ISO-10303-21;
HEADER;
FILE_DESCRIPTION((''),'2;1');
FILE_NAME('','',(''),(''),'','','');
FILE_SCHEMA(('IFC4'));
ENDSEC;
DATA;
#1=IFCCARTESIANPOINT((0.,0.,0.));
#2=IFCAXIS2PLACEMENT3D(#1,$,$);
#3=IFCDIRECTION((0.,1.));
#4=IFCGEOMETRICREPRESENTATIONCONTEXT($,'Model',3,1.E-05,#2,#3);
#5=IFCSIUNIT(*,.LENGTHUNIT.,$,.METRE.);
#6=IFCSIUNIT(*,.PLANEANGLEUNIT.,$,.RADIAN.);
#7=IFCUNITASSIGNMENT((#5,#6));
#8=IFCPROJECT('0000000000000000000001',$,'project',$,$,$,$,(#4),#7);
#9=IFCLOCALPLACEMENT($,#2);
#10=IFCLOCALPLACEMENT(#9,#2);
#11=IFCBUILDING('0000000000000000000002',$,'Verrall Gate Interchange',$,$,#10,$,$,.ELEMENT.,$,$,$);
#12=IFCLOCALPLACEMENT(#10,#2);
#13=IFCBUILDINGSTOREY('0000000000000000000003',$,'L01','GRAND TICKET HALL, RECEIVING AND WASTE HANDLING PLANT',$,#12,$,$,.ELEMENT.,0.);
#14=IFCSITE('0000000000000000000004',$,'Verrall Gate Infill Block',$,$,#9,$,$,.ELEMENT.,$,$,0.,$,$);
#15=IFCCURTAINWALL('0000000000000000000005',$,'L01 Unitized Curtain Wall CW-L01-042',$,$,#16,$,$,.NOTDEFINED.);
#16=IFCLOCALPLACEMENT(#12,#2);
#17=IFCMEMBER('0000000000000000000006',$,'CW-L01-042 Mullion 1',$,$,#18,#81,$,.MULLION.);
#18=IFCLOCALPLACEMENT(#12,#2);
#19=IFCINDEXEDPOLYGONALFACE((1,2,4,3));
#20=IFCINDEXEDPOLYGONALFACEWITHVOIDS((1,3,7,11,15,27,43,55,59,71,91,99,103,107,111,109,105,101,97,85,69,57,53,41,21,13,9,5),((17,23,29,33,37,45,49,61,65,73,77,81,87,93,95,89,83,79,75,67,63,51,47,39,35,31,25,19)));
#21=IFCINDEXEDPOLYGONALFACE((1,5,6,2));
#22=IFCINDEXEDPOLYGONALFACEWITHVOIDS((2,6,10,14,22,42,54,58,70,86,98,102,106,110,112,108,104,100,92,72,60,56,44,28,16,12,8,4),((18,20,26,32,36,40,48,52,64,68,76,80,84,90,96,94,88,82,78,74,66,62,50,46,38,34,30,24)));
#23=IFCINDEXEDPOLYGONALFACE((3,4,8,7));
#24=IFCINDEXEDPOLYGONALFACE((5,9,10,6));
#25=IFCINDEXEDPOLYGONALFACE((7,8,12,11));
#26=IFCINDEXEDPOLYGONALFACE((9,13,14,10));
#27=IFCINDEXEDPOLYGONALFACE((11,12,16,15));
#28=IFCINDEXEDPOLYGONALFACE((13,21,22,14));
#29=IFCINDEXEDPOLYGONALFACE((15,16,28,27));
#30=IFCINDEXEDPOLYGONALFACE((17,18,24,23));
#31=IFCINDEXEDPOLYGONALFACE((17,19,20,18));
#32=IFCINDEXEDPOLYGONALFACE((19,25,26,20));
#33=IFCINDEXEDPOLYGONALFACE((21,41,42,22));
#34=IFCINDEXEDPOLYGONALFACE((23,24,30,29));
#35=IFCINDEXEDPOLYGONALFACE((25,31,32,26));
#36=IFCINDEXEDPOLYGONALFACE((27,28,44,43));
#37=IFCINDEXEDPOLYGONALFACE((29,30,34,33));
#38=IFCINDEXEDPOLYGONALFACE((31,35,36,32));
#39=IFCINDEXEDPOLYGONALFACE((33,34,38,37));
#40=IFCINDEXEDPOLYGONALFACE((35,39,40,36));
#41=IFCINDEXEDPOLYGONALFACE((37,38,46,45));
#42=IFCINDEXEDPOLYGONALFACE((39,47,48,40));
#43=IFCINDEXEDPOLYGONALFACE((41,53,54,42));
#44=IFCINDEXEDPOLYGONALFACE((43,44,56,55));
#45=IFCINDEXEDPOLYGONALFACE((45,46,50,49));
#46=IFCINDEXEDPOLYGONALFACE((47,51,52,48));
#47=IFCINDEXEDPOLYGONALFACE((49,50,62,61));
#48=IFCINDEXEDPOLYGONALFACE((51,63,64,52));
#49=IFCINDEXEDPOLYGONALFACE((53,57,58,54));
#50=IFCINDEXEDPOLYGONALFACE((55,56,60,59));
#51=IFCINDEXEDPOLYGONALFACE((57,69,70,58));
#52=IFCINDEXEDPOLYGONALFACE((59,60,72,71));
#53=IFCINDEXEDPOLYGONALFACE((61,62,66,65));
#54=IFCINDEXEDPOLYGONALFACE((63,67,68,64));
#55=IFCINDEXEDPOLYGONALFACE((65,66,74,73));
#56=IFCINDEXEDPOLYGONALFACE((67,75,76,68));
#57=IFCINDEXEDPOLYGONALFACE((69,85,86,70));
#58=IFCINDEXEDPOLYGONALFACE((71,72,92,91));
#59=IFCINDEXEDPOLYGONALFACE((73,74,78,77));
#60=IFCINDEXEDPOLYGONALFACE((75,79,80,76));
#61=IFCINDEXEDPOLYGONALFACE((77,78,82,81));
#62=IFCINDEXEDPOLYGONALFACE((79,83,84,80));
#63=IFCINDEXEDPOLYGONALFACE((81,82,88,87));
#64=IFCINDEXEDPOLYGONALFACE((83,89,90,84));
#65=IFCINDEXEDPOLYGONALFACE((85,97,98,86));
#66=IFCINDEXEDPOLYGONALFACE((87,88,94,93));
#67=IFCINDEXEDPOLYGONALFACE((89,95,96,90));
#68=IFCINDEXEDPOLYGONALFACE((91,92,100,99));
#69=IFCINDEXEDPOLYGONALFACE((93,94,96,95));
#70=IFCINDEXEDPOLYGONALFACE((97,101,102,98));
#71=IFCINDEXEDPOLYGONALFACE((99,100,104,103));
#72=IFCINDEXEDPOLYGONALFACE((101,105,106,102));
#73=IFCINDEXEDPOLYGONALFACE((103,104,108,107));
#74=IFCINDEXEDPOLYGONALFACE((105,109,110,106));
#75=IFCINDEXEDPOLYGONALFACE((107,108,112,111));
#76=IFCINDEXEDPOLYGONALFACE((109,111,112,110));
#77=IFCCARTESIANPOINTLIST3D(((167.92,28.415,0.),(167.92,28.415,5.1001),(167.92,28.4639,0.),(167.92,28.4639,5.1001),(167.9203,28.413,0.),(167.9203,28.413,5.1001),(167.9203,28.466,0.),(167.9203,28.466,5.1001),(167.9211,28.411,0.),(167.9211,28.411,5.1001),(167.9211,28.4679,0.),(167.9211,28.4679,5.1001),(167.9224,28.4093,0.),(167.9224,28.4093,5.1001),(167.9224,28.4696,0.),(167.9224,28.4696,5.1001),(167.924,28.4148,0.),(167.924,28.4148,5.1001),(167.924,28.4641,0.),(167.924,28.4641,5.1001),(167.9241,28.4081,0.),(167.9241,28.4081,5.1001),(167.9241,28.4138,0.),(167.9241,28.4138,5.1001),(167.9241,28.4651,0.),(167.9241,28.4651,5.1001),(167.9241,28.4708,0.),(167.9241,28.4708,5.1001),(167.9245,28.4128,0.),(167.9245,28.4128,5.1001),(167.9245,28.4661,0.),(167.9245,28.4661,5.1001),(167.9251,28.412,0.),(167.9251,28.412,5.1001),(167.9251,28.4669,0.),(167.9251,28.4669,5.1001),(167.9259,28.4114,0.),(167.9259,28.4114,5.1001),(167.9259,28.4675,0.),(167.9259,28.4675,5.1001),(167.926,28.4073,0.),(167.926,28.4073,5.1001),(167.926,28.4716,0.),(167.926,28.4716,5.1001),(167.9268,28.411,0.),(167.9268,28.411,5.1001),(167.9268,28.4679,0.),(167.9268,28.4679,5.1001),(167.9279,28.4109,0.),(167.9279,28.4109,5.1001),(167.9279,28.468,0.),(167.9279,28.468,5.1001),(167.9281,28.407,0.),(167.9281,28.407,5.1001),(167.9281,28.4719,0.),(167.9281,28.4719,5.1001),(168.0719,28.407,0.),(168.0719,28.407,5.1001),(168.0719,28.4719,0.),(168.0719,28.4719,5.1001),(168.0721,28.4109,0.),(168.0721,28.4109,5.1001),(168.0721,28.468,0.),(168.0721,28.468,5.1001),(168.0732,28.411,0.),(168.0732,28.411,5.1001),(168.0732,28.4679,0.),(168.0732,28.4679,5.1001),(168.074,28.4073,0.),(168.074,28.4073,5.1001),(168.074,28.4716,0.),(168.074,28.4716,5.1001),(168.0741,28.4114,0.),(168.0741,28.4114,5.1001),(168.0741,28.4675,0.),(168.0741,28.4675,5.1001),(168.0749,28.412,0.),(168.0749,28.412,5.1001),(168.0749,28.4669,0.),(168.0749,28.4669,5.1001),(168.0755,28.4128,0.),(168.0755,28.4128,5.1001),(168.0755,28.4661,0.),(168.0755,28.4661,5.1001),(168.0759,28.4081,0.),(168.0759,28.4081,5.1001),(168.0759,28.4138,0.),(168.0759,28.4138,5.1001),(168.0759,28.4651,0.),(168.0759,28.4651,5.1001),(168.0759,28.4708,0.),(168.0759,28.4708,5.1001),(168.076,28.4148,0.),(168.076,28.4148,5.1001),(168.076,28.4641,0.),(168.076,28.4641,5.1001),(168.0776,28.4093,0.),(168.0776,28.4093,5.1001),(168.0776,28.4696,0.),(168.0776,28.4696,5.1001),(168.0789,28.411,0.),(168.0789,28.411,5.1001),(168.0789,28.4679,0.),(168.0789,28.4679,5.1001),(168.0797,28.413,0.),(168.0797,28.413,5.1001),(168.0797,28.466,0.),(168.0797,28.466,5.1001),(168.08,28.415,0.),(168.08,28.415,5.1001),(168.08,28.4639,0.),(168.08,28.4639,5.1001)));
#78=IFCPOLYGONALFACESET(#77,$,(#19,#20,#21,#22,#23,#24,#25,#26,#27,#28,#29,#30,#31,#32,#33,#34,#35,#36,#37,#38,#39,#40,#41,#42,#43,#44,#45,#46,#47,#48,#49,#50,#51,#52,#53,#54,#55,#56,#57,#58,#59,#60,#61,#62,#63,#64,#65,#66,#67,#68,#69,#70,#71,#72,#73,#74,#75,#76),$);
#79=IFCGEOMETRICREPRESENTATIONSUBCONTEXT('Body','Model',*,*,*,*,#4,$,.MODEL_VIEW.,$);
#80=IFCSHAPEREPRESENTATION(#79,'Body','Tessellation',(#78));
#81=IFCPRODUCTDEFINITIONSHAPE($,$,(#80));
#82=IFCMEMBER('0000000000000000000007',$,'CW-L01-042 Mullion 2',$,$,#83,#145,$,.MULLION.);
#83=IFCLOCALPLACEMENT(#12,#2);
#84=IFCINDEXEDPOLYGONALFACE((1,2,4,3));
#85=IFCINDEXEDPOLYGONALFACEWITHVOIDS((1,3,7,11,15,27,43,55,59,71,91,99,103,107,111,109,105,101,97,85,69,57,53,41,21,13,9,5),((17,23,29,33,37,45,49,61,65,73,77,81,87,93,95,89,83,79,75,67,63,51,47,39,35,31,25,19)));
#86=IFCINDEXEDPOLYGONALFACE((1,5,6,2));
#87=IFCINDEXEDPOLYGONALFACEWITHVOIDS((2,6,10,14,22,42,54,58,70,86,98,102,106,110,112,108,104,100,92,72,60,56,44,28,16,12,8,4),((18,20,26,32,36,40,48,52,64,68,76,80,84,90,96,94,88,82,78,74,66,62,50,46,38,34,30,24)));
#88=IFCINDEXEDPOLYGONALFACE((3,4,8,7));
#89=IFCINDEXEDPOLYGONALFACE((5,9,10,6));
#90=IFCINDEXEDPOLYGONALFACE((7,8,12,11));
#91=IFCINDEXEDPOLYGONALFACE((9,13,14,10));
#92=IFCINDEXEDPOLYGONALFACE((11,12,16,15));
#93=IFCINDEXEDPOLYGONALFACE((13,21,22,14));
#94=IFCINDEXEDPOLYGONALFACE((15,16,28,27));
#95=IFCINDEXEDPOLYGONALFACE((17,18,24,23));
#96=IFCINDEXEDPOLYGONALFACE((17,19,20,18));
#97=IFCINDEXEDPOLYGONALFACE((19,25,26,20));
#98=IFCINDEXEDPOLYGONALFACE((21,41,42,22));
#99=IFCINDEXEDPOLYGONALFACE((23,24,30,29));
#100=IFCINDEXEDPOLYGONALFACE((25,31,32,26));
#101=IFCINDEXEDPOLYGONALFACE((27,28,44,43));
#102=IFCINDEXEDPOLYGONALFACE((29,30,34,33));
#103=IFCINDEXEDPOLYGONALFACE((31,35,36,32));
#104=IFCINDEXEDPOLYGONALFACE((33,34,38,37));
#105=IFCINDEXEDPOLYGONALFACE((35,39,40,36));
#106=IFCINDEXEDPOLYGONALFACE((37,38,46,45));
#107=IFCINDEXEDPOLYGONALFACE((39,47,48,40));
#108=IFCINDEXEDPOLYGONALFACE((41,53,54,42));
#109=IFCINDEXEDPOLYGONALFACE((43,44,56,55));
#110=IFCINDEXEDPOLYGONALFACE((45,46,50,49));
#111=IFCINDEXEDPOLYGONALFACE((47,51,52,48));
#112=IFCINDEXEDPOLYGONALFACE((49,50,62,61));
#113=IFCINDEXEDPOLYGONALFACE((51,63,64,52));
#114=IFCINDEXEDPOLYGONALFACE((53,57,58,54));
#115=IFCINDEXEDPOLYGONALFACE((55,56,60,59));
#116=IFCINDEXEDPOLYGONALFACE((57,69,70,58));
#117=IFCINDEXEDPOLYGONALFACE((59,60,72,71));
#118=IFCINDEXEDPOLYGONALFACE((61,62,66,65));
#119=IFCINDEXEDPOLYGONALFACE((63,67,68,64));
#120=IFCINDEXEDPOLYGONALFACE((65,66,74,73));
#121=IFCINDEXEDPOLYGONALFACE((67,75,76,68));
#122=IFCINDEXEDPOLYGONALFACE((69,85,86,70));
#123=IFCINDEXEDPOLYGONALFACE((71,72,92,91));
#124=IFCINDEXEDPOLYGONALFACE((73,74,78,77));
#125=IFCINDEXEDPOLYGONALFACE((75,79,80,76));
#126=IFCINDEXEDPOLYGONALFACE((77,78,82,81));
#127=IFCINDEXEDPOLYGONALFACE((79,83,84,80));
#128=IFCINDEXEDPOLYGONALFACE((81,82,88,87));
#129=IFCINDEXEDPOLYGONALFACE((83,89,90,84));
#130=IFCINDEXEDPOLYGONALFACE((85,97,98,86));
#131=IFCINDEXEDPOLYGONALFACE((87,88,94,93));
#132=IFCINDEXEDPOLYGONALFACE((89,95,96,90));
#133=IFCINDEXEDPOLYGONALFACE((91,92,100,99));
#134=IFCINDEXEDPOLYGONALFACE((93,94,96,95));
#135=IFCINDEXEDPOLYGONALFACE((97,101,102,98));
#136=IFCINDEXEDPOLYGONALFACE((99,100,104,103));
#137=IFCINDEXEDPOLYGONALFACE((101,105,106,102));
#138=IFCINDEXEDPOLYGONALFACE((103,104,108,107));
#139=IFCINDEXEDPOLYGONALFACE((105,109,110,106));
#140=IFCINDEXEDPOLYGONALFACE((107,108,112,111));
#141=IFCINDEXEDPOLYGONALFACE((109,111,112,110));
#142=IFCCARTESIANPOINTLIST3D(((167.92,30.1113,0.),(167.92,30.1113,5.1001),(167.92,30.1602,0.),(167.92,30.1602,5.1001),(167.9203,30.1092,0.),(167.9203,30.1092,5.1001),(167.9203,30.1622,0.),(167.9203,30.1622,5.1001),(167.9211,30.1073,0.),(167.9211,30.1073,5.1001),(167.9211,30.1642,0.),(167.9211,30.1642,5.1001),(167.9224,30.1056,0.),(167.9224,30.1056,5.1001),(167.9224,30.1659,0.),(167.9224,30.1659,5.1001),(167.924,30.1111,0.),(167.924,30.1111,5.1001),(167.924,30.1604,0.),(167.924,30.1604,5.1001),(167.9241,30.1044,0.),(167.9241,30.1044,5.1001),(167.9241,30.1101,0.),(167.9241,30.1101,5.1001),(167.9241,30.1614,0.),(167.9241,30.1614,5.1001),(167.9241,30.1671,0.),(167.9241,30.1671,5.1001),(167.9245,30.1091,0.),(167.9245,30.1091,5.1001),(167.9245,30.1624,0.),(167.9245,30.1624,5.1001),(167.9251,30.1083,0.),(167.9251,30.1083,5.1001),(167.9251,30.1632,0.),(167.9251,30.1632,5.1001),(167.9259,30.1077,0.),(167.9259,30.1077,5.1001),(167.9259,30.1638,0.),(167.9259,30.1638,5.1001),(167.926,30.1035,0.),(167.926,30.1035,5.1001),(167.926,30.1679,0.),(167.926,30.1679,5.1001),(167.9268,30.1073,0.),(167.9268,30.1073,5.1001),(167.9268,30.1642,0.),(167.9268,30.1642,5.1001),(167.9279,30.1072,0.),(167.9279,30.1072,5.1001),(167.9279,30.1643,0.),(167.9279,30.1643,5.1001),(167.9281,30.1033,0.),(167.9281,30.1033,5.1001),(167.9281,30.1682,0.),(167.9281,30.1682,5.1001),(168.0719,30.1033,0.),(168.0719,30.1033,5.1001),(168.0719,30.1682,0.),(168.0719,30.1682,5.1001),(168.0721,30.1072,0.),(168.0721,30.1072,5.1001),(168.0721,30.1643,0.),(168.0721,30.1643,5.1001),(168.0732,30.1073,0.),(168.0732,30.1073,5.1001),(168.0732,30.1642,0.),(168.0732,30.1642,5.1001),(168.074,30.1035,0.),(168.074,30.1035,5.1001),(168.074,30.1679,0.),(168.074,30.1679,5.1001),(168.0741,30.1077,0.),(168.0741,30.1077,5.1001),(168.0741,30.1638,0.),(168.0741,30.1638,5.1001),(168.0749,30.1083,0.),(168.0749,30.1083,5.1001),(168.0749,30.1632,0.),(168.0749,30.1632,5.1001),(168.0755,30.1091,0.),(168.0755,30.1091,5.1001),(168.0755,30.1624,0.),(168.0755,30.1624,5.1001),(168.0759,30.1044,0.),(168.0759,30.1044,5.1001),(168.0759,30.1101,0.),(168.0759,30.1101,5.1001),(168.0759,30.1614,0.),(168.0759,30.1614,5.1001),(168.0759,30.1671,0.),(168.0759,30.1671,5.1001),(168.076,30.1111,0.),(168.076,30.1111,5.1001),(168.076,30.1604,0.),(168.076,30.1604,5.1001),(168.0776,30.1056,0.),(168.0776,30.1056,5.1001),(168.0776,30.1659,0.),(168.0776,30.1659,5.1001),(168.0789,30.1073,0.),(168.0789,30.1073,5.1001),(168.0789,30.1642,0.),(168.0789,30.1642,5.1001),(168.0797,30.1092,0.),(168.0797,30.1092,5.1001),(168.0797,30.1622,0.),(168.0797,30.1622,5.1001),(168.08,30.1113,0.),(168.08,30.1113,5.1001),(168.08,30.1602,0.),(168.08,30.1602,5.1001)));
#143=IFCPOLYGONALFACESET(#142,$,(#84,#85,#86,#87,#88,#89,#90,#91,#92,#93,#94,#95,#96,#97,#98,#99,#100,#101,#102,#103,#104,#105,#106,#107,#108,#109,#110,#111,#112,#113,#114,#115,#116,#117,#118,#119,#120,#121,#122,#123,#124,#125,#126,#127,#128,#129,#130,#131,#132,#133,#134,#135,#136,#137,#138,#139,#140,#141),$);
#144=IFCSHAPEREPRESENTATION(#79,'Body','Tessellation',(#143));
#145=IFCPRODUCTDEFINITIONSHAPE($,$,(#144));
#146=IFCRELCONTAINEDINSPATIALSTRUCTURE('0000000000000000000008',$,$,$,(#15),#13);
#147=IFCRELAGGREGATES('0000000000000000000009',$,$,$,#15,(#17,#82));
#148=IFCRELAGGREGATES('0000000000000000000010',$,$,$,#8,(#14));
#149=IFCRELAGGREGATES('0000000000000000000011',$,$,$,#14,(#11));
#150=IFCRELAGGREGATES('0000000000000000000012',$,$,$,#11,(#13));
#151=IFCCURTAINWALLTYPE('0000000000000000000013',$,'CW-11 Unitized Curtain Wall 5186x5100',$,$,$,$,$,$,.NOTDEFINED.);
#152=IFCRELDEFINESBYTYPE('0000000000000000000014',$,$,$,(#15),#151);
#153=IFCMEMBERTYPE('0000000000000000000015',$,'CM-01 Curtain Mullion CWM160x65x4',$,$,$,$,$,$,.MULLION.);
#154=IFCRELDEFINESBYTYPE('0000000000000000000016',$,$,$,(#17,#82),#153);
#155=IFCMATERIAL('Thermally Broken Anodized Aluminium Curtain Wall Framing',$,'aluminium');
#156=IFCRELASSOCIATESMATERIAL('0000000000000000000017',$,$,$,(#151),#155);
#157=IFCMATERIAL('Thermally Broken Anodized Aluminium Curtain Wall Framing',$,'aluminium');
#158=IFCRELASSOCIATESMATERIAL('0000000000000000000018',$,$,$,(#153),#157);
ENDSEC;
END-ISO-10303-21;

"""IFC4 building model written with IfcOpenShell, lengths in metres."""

from ifc_helpers import new_model, si_unit, direction, frame, origin, origin_2d, place, context, subcontext, project, spatial, hollow_rectangle, extrude, material, material_profile, profile_set, type_object, element, aggregate, save


model = new_model("IFC4")

# Units and contexts
model_context = context("Model", 3, precision=1e-05, world=origin(), true_north=direction((0.0, 1.0)))
body_context = subcontext(model_context, "Body", "Model", "MODEL_VIEW")
ifc_project = project(units=[si_unit("LENGTHUNIT", "METRE"), si_unit("PLANEANGLEUNIT", "RADIAN")], contexts=[model_context])

# Site, building, storey
site_placement = place(None, origin())
site = spatial("IfcSite", under=ifc_project, at=site_placement, Name="Verrall Gate Infill Block", CompositionType="ELEMENT", RefElevation=0.0)
building_placement = place(site_placement, origin())
building = spatial("IfcBuilding", under=site, at=building_placement, Name="Verrall Gate Interchange", CompositionType="ELEMENT")
storey_placement = place(building_placement, origin())
storey = spatial("IfcBuildingStorey", under=building, at=storey_placement, Name="L01", Description="GRAND TICKET HALL, RECEIVING AND WASTE HANDLING PLANT", CompositionType="ELEMENT", Elevation=0.0)

# Curtain wall, members
ifc_material_1 = material(Name="Thermally Broken Anodized Aluminium Curtain Wall Framing", Category="aluminium")
curtain_wall_type = type_object("IfcCurtainWallType", Name="CW-11 Unitized Curtain Wall 5186x5100", PredefinedType="NOTDEFINED", material=ifc_material_1)
curtain_wall_placement = place(storey_placement, origin())
curtain_wall = element("IfcCurtainWall", 1, at=curtain_wall_placement, inside=storey, type_object=curtain_wall_type, Name="L01 Unitized Curtain Wall CW-L01-042", PredefinedType="NOTDEFINED")
ifc_material_2 = material(Name="Thermally Broken Anodized Aluminium Curtain Wall Framing", Category="aluminium")
ifc_material_profile_1 = material_profile(ifc_material_2, hollow_rectangle(XDim=0.0649, YDim=0.1599, WallThickness=0.0039, InnerFilletRadius=0.0039, OuterFilletRadius=0.0081, at=origin_2d()), Name="CWM160x65x4")
ifc_profile_set_1 = profile_set([ifc_material_profile_1], Name="Thermally Broken Anodized Aluminium Curtain Wall Framing")
member_type_1 = type_object("IfcMemberType", Name="CM-01 Curtain Mullion CWM160x65x4", PredefinedType="MULLION", material=ifc_profile_set_1)
member_1_placement = place(storey_placement, frame((168.0, 28.4395, 0.0), z_axis=(0.0, 0.0, 1.0), x_axis=(0.0, 1.0, 0.0)))
member_1 = element("IfcMember", 2, at=member_1_placement, type_object=member_type_1, Name="CW-L01-042 Mullion 1", PredefinedType="MULLION", context=body_context, shape_type="SweptSolid", body=[
    extrude(hollow_rectangle(XDim=0.0649, YDim=0.1599, WallThickness=0.0039, InnerFilletRadius=0.0039, OuterFilletRadius=0.0081, at=origin_2d()), origin(), (0.0, 0.0, 1.0), 5.1001),
])
member_2_placement = place(storey_placement, frame((168.0, 30.1357, 0.0), z_axis=(0.0, 0.0, 1.0), x_axis=(0.0, 1.0, 0.0)))
member_2 = element("IfcMember", 3, at=member_2_placement, type_object=member_type_1, Name="CW-L01-042 Mullion 2", PredefinedType="MULLION", context=body_context, shape_type="SweptSolid", body=[
    extrude(hollow_rectangle(XDim=0.0649, YDim=0.1599, WallThickness=0.0039, InnerFilletRadius=0.0039, OuterFilletRadius=0.0081, at=origin_2d()), origin(), (0.0, 0.0, 1.0), 5.1001),
])

aggregate(curtain_wall, [member_1, member_2])

save(model, "model.ifc")
